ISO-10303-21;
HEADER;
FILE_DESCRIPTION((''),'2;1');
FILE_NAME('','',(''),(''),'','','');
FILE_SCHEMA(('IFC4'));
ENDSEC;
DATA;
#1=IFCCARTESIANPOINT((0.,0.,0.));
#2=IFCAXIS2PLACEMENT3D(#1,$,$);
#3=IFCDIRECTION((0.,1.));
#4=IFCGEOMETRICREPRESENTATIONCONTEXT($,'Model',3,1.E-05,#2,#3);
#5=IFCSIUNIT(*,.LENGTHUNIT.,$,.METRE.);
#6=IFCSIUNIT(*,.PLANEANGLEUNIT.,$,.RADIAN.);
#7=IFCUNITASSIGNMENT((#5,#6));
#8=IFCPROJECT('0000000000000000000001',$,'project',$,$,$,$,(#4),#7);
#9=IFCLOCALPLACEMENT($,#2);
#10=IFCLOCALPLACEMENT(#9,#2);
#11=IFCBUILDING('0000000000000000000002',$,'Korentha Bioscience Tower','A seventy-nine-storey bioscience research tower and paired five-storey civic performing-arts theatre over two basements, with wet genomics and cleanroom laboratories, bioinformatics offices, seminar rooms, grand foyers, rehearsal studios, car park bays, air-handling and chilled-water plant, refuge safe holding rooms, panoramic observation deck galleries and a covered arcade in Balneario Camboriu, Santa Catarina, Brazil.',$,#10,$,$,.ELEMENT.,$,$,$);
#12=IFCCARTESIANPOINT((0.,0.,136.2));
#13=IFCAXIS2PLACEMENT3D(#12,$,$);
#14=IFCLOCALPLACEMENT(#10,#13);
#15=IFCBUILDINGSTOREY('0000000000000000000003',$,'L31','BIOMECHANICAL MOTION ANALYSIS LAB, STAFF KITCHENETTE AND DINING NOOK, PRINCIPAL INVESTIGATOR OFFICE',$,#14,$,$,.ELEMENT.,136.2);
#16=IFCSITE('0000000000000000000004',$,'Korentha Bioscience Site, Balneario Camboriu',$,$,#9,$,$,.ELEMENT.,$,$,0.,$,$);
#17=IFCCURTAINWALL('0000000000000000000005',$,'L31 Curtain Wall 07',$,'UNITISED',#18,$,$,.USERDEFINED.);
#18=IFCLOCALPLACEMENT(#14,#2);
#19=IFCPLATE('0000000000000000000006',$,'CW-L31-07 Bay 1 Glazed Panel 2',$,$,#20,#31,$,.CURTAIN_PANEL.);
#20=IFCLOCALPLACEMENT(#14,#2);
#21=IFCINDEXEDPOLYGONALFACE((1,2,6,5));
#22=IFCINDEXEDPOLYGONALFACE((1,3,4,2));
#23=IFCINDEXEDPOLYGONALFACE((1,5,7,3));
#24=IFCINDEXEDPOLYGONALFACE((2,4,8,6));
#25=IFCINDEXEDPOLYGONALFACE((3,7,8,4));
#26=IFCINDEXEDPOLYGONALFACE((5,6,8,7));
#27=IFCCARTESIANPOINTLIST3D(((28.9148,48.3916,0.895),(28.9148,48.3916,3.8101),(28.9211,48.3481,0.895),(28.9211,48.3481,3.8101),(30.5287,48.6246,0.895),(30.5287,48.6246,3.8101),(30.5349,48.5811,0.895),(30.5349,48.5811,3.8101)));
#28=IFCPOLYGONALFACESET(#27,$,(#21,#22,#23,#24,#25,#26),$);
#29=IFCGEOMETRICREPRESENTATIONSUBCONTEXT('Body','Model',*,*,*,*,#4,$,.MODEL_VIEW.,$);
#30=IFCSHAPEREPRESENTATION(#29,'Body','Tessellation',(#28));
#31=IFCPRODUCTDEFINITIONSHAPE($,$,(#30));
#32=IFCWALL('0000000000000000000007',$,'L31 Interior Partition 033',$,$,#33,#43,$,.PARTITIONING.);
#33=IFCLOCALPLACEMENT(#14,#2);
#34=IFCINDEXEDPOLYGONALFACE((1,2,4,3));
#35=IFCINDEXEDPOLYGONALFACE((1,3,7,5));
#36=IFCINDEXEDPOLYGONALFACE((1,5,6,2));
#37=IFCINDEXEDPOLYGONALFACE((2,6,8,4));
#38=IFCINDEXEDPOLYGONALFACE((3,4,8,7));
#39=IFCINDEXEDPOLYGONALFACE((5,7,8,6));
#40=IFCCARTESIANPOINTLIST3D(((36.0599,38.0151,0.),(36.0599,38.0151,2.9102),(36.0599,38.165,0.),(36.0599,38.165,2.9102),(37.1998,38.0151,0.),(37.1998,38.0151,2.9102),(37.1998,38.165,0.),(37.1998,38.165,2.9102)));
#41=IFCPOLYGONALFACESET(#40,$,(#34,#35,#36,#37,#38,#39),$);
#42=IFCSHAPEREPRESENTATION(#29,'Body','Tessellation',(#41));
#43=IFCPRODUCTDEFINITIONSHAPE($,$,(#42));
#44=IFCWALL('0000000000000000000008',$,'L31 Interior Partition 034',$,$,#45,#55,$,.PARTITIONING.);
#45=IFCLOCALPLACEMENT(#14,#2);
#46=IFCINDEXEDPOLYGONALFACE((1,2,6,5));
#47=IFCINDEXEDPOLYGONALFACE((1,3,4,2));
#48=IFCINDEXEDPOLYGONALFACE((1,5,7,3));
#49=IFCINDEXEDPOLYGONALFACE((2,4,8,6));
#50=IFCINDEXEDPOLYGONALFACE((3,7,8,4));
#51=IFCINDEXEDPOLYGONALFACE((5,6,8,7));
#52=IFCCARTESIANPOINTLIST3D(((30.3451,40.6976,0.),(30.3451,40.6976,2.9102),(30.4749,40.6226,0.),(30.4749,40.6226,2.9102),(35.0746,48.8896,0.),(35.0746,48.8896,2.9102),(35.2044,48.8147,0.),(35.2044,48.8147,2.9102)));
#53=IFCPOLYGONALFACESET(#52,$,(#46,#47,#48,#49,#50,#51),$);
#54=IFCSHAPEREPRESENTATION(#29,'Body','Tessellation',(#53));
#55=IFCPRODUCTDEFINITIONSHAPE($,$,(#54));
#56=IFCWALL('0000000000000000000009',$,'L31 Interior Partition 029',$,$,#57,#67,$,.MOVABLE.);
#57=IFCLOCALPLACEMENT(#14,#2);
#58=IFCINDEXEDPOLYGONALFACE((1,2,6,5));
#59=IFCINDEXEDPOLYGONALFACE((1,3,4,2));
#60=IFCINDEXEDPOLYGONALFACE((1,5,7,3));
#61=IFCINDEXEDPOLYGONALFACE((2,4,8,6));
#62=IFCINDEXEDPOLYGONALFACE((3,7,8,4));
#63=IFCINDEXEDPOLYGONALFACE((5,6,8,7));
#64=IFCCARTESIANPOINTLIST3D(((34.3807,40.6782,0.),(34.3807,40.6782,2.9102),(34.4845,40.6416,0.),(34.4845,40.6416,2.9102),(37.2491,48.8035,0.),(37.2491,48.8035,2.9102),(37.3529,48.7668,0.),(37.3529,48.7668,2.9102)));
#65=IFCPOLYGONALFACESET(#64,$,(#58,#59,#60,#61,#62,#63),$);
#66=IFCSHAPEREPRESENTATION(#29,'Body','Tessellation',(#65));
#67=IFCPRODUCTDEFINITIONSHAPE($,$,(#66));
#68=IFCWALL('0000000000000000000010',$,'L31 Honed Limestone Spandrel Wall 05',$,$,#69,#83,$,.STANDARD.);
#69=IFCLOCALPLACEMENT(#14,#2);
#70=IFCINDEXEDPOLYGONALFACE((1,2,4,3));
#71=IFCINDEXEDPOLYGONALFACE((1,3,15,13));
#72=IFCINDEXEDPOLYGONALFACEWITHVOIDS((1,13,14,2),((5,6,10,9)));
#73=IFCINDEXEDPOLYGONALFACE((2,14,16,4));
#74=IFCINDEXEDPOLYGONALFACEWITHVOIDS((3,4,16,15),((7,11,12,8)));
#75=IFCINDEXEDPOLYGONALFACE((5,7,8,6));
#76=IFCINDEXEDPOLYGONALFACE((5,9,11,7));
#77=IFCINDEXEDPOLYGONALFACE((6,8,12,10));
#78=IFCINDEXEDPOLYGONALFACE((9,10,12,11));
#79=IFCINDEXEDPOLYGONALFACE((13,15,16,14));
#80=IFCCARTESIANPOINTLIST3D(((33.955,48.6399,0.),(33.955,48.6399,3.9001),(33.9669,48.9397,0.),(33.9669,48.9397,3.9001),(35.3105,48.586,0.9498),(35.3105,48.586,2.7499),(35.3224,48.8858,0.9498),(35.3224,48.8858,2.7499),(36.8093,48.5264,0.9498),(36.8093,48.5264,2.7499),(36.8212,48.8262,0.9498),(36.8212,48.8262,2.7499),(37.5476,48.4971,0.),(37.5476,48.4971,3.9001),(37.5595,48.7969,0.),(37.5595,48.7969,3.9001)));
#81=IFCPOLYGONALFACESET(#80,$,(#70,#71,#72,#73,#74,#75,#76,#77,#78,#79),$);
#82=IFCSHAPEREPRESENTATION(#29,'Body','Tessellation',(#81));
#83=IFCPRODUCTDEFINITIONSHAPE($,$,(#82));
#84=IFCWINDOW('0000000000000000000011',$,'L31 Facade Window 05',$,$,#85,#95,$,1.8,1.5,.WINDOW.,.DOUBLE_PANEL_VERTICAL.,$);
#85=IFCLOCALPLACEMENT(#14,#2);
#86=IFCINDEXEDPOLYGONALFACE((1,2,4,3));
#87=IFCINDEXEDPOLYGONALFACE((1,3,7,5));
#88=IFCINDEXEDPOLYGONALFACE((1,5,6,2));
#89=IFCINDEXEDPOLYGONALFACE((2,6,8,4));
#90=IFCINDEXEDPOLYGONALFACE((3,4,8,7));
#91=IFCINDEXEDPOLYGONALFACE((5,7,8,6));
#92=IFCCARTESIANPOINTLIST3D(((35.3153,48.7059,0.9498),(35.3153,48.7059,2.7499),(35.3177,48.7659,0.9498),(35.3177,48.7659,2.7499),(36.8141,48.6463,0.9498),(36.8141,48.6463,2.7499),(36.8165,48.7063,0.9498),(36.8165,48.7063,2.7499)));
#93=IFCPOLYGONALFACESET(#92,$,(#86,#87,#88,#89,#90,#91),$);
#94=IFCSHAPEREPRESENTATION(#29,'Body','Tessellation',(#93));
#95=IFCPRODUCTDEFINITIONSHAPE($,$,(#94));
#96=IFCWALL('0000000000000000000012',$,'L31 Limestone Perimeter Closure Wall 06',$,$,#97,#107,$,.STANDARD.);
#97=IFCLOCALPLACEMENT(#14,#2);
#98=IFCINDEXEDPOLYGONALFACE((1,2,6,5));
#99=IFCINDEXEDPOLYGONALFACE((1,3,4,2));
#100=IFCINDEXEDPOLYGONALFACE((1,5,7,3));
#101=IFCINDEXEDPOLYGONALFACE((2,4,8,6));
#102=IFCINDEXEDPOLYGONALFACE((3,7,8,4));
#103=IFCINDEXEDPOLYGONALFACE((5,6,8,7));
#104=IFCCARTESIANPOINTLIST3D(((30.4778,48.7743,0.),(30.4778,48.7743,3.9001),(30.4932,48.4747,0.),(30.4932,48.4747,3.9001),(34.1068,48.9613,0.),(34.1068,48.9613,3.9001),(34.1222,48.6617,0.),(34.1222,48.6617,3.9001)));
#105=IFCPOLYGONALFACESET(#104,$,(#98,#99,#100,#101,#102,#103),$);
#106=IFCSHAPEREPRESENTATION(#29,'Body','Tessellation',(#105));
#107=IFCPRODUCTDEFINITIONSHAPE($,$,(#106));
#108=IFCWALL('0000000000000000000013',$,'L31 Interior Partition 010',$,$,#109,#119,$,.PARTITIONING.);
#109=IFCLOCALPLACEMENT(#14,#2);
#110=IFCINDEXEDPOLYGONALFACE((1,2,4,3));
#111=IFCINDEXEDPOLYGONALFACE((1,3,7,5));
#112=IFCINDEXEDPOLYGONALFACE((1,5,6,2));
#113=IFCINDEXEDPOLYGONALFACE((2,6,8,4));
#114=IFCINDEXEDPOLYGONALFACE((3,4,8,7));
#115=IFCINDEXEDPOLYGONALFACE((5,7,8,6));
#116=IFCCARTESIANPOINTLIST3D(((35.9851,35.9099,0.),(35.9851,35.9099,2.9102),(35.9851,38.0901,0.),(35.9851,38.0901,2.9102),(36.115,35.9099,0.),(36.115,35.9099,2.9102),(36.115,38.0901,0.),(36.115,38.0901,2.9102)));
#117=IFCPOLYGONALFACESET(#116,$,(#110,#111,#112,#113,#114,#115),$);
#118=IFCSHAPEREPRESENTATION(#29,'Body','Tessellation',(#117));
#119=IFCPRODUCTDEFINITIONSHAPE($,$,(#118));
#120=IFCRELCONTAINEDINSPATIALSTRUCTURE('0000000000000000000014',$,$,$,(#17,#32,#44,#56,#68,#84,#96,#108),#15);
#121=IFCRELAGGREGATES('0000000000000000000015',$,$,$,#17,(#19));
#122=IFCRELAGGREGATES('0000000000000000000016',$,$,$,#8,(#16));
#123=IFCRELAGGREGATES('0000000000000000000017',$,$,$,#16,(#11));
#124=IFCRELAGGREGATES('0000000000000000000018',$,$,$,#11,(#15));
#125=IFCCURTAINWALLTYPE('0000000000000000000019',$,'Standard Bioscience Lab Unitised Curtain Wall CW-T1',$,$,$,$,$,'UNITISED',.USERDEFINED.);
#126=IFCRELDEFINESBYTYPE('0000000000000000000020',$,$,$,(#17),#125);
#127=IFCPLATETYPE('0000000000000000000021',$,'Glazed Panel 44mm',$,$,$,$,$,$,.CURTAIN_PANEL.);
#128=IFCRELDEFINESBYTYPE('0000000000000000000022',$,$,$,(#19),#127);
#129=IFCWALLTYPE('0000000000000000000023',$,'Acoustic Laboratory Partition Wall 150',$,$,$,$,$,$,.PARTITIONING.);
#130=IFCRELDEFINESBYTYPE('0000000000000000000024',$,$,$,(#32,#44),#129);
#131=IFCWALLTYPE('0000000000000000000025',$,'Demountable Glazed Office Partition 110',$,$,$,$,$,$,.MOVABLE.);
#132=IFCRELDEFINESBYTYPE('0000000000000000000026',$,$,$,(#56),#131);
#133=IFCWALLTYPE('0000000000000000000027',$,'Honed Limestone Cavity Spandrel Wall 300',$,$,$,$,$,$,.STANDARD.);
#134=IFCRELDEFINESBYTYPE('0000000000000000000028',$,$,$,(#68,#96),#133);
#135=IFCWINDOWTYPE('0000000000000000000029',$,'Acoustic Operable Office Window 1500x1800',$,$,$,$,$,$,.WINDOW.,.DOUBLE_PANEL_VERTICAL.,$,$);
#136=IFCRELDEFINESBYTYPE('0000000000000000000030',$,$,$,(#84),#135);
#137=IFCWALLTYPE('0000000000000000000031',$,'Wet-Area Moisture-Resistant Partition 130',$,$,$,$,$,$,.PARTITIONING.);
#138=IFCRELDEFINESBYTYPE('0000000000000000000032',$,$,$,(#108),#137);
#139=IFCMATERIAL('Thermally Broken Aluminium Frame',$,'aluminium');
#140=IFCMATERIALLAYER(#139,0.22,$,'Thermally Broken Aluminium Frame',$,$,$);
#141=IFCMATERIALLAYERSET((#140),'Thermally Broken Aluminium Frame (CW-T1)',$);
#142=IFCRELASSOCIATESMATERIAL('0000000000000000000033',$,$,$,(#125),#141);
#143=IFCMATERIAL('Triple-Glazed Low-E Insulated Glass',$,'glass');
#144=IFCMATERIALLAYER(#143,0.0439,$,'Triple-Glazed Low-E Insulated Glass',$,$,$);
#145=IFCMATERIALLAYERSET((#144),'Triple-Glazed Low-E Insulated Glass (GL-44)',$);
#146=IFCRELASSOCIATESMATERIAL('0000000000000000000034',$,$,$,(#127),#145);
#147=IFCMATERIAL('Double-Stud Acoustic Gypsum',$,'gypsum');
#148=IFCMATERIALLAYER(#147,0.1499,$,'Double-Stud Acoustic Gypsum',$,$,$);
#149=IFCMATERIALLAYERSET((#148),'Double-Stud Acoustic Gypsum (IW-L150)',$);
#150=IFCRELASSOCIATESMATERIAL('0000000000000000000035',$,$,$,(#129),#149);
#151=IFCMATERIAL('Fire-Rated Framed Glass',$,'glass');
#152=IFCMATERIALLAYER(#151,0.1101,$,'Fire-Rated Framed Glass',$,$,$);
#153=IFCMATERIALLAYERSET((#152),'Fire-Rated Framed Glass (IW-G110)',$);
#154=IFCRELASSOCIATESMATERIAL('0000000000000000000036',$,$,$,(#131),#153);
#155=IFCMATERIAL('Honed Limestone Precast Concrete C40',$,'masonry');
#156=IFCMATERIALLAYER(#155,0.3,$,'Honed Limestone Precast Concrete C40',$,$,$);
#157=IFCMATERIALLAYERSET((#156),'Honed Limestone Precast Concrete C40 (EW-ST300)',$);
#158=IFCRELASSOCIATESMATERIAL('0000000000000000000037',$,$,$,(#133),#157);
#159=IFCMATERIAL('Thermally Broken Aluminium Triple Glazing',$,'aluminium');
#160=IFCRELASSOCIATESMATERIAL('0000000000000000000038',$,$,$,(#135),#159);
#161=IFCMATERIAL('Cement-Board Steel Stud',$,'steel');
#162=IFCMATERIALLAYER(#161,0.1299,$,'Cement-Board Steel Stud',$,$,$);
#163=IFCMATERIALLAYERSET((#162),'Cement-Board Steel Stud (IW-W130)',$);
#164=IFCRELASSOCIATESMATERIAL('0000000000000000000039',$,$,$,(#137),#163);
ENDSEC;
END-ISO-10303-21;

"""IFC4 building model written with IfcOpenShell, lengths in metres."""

from ifc_helpers import new_model, si_unit, direction, frame, frame_2d, origin, origin_2d, place, context, subcontext, project, spatial, rectangle, extrude, material, layer, layer_set, type_object, element, fill, aggregate, save


model = new_model("IFC4")

# Units and contexts
model_context = context("Model", 3, precision=1e-05, world=origin(), true_north=direction((0.0, 1.0)))
body_context = subcontext(model_context, "Body", "Model", "MODEL_VIEW")
ifc_project = project(units=[si_unit("LENGTHUNIT", "METRE"), si_unit("PLANEANGLEUNIT", "RADIAN")], contexts=[model_context])

# Site, building, storey
site_placement = place(None, origin())
site = spatial("IfcSite", under=ifc_project, at=site_placement, Name="Korentha Bioscience Site, Balneario Camboriu", CompositionType="ELEMENT", RefElevation=0.0)
building_placement = place(site_placement, origin())
building = spatial("IfcBuilding", under=site, at=building_placement, Name="Korentha Bioscience Tower", Description="A seventy-nine-storey bioscience research tower and paired five-storey civic performing-arts theatre over two basements, with wet genomics and cleanroom laboratories, bioinformatics offices, seminar rooms, grand foyers, rehearsal studios, car park bays, air-handling and chilled-water plant, refuge safe holding rooms, panoramic observation deck galleries and a covered arcade in Balneario Camboriu, Santa Catarina, Brazil.", CompositionType="ELEMENT")
storey_placement = place(building_placement, frame((0.0, 0.0, 136.2)))
storey = spatial("IfcBuildingStorey", under=building, at=storey_placement, Name="L31", Description="BIOMECHANICAL MOTION ANALYSIS LAB, STAFF KITCHENETTE AND DINING NOOK, PRINCIPAL INVESTIGATOR OFFICE", CompositionType="ELEMENT", Elevation=136.2)

# Curtain wall
ifc_material_1 = material(Name="Thermally Broken Aluminium Frame", Category="aluminium")
ifc_layer_1 = layer(ifc_material_1, 0.22, Name="Thermally Broken Aluminium Frame")
ifc_layer_set_1 = layer_set([ifc_layer_1], Name="Thermally Broken Aluminium Frame (CW-T1)")
curtain_wall_type = type_object("IfcCurtainWallType", Name="Standard Bioscience Lab Unitised Curtain Wall CW-T1", ElementType="UNITISED", PredefinedType="USERDEFINED", material=ifc_layer_set_1)
curtain_wall_placement = place(storey_placement, origin())
curtain_wall = element("IfcCurtainWall", 1, at=curtain_wall_placement, inside=storey, type_object=curtain_wall_type, Name="L31 Curtain Wall 07", ObjectType="UNITISED", PredefinedType="USERDEFINED")

# Plate
ifc_material_2 = material(Name="Triple-Glazed Low-E Insulated Glass", Category="glass")
ifc_layer_2 = layer(ifc_material_2, 0.0439, Name="Triple-Glazed Low-E Insulated Glass")
ifc_layer_set_2 = layer_set([ifc_layer_2], Name="Triple-Glazed Low-E Insulated Glass (GL-44)")
plate_type = type_object("IfcPlateType", Name="Glazed Panel 44mm", PredefinedType="CURTAIN_PANEL", material=ifc_layer_set_2)
plate_1_placement = place(storey_placement, frame((29.7249, 48.4863, 0.895), z_axis=(0.0, 0.0, 1.0), x_axis=(-0.989738, -0.142892, 0.0)))
plate_1 = element("IfcPlate", 2, at=plate_1_placement, type_object=plate_type, Name="CW-L31-07 Bay 1 Glazed Panel 2", PredefinedType="CURTAIN_PANEL", context=body_context, shape_type="SweptSolid", body=[
    extrude(rectangle(XDim=1.6306, YDim=0.0439, at=origin_2d()), origin(), (0.0, 0.0, 1.0), 2.915),
])
aggregate(curtain_wall, [plate_1])

# Shared definitions
ifc_material_3 = material(Name="Double-Stud Acoustic Gypsum", Category="gypsum")
ifc_layer_3 = layer(ifc_material_3, 0.1499, Name="Double-Stud Acoustic Gypsum")
ifc_layer_set_3 = layer_set([ifc_layer_3], Name="Double-Stud Acoustic Gypsum (IW-L150)")
wall_type_1 = type_object("IfcWallType", Name="Acoustic Laboratory Partition Wall 150", PredefinedType="PARTITIONING", material=ifc_layer_set_3)

# Walls
wall_1_placement = place(storey_placement, frame((36.0601, 38.0901, 0.0), z_axis=(0.0, 0.0, 1.0), x_axis=(1.0, 0.0, 0.0)))
element("IfcWall", 3, at=wall_1_placement, inside=storey, type_object=wall_type_1, Name="L31 Interior Partition 033", PredefinedType="PARTITIONING", context=body_context, shape_type="SweptSolid", body=[
    extrude(rectangle(XDim=1.1399, YDim=0.1499, at=frame_2d((0.5698, 0.0))), origin(), (0.0, 0.0, 1.0), 2.9102),
])
wall_2_placement = place(storey_placement, frame((35.1394, 48.8521, 0.0), z_axis=(0.0, 0.0, 1.0), x_axis=(-0.499981, -0.866036, 0.0)))
element("IfcWall", 4, at=wall_2_placement, inside=storey, type_object=wall_type_1, Name="L31 Interior Partition 034", PredefinedType="PARTITIONING", context=body_context, shape_type="SweptSolid", body=[
    extrude(rectangle(XDim=9.4592, YDim=0.1499, at=frame_2d((4.7295, 0.0))), origin(), (0.0, 0.0, 1.0), 2.9102),
])

# Shared definitions
ifc_material_4 = material(Name="Fire-Rated Framed Glass", Category="glass")
ifc_layer_4 = layer(ifc_material_4, 0.1101, Name="Fire-Rated Framed Glass")
ifc_layer_set_4 = layer_set([ifc_layer_4], Name="Fire-Rated Framed Glass (IW-G110)")
wall_type_2 = type_object("IfcWallType", Name="Demountable Glazed Office Partition 110", PredefinedType="MOVABLE", material=ifc_layer_set_4)

# Wall
wall_3_placement = place(storey_placement, frame((34.4326, 40.6599, 0.0), z_axis=(0.0, 0.0, 1.0), x_axis=(0.33289, 0.942966, 0.0)))
element("IfcWall", 5, at=wall_3_placement, inside=storey, type_object=wall_type_2, Name="L31 Interior Partition 029", PredefinedType="MOVABLE", context=body_context, shape_type="SweptSolid", body=[
    extrude(rectangle(XDim=8.6167, YDim=0.1101, at=frame_2d((4.3083, 0.0))), origin(), (0.0, 0.0, 1.0), 2.9102),
])

# Wall, opening, window
ifc_material_5 = material(Name="Honed Limestone Precast Concrete C40", Category="masonry")
ifc_layer_5 = layer(ifc_material_5, 0.3, Name="Honed Limestone Precast Concrete C40")
ifc_layer_set_5 = layer_set([ifc_layer_5], Name="Honed Limestone Precast Concrete C40 (EW-ST300)")
wall_type_3 = type_object("IfcWallType", Name="Honed Limestone Cavity Spandrel Wall 300", PredefinedType="STANDARD", material=ifc_layer_set_5)
wall_4_placement = place(storey_placement, frame((37.5537, 48.647, 0.0), z_axis=(0.0, 0.0, 1.0), x_axis=(-0.999211, 0.039724, 0.0)))
wall_4 = element("IfcWall", 6, at=wall_4_placement, inside=storey, type_object=wall_type_3, Name="L31 Honed Limestone Spandrel Wall 05", PredefinedType="STANDARD", context=body_context, shape_type="SweptSolid", body=[
    extrude(rectangle(XDim=3.5955, YDim=0.3, at=frame_2d((1.7979, 0.0))), origin(), (0.0, 0.0, 1.0), 3.9001),
])
opening_1_placement = place(wall_4_placement, frame((0.739, 0.0, 0.95)))
opening_1 = element("IfcOpeningElement", 7, at=opening_1_placement, cuts=wall_4, PredefinedType="OPENING", context=body_context, shape_type="SweptSolid", body=[
    extrude(rectangle(XDim=1.5, YDim=1.8, at=frame_2d((0.75, 0.8999))), frame((0.0, 0.165, 0.0), z_axis=(0.0, -1.0, 0.0), x_axis=(1.0, 0.0, 0.0)), (0.0, 0.0, 1.0), 0.3298),
])
ifc_material_6 = material(Name="Thermally Broken Aluminium Triple Glazing", Category="aluminium")
window_type = type_object("IfcWindowType", Name="Acoustic Operable Office Window 1500x1800", PartitioningType="DOUBLE_PANEL_VERTICAL", PredefinedType="WINDOW", material=ifc_material_6)
window_placement = place(opening_1_placement, origin())
window = element("IfcWindow", 8, at=window_placement, inside=storey, type_object=window_type, Name="L31 Facade Window 05", OverallHeight=1.8, OverallWidth=1.5, PartitioningType="DOUBLE_PANEL_VERTICAL", PredefinedType="WINDOW", context=body_context, shape_type="SweptSolid", body=[
    extrude(rectangle(XDim=1.5, YDim=1.8, at=frame_2d((0.75, 0.8999))), frame((0.0, 0.03, 0.0), z_axis=(0.0, -1.0, 0.0), x_axis=(1.0, 0.0, 0.0)), (0.0, 0.0, 1.0), 0.0601),
])
fill(opening_1, window)

# Wall
wall_5_placement = place(storey_placement, frame((34.1145, 48.8115, 0.0), z_axis=(0.0, 0.0, 1.0), x_axis=(-0.998675, -0.051466, 0.0)))
element("IfcWall", 9, at=wall_5_placement, inside=storey, type_object=wall_type_3, Name="L31 Limestone Perimeter Closure Wall 06", PredefinedType="STANDARD", context=body_context, shape_type="SweptSolid", body=[
    extrude(rectangle(XDim=3.6338, YDim=0.3, at=frame_2d((1.8169, 0.0))), origin(), (0.0, 0.0, 1.0), 3.9001),
])

# Shared definitions
ifc_material_7 = material(Name="Cement-Board Steel Stud", Category="steel")
ifc_layer_6 = layer(ifc_material_7, 0.1299, Name="Cement-Board Steel Stud")
ifc_layer_set_6 = layer_set([ifc_layer_6], Name="Cement-Board Steel Stud (IW-W130)")
wall_type_4 = type_object("IfcWallType", Name="Wet-Area Moisture-Resistant Partition 130", PredefinedType="PARTITIONING", material=ifc_layer_set_6)

# Wall
wall_6_placement = place(storey_placement, frame((36.05, 38.0901, 0.0), z_axis=(0.0, 0.0, 1.0), x_axis=(0.0, -1.0, 0.0)))
element("IfcWall", 10, at=wall_6_placement, inside=storey, type_object=wall_type_4, Name="L31 Interior Partition 010", PredefinedType="PARTITIONING", context=body_context, shape_type="SweptSolid", body=[
    extrude(rectangle(XDim=2.1802, YDim=0.1299, at=frame_2d((1.0901, 0.0))), origin(), (0.0, 0.0, 1.0), 2.9102),
])

save(model, "model.ifc")
